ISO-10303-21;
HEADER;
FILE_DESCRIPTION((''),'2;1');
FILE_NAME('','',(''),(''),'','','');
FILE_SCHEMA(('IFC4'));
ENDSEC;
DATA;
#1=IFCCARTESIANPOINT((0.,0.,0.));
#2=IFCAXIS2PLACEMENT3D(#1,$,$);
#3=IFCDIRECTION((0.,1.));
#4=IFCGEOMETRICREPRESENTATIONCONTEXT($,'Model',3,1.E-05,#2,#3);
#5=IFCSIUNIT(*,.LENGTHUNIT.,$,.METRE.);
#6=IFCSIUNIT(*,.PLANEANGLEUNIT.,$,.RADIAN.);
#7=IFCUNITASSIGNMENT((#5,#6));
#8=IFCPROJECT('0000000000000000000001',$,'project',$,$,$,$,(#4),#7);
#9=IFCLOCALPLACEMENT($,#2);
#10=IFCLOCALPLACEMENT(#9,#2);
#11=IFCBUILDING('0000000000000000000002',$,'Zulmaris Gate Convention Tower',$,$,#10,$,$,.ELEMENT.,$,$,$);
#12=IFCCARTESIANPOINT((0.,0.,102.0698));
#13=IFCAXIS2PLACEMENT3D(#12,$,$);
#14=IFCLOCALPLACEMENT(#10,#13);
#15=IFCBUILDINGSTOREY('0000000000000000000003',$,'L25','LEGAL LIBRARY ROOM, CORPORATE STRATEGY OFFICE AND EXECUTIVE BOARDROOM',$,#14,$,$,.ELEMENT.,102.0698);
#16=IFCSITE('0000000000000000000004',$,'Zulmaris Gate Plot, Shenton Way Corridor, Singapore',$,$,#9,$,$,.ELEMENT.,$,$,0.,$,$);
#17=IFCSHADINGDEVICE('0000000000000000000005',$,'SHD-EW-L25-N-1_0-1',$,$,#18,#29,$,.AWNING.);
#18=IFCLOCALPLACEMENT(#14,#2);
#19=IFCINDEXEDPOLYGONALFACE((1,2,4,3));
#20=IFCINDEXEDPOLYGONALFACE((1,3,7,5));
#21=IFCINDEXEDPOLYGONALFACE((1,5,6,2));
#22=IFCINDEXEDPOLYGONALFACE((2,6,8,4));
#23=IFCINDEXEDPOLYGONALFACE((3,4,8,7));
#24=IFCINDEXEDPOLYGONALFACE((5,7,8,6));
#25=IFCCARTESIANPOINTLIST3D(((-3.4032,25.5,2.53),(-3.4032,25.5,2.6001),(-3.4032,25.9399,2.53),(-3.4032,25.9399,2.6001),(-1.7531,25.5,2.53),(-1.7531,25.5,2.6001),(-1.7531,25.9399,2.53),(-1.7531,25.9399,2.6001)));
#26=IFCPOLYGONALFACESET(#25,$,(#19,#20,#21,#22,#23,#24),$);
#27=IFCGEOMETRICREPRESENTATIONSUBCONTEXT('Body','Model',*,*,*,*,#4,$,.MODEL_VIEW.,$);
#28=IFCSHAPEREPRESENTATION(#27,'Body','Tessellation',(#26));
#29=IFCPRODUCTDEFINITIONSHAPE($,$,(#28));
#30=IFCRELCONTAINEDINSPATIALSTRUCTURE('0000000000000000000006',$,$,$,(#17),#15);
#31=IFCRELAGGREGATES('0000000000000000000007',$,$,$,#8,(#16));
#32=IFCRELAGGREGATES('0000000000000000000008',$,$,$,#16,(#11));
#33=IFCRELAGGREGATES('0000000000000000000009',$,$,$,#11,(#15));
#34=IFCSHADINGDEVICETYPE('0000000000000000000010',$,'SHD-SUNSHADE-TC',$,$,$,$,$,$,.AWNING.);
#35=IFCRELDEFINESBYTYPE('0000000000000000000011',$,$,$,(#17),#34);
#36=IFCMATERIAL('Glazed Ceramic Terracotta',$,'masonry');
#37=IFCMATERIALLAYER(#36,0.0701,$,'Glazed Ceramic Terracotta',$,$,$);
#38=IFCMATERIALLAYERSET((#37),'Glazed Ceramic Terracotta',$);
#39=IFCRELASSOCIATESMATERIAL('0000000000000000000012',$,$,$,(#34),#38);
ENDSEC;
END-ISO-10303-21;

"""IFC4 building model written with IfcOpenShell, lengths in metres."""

from ifc_helpers import new_model, si_unit, direction, frame, frame_2d, origin, place, context, subcontext, project, spatial, rectangle, extrude, material, layer, layer_set, type_object, element, save


model = new_model("IFC4")

# Units and contexts
model_context = context("Model", 3, precision=1e-05, world=origin(), true_north=direction((0.0, 1.0)))
body_context = subcontext(model_context, "Body", "Model", "MODEL_VIEW")
ifc_project = project(units=[si_unit("LENGTHUNIT", "METRE"), si_unit("PLANEANGLEUNIT", "RADIAN")], contexts=[model_context])

# Site, building, storey
site_placement = place(None, origin())
site = spatial("IfcSite", under=ifc_project, at=site_placement, Name="Zulmaris Gate Plot, Shenton Way Corridor, Singapore", CompositionType="ELEMENT", RefElevation=0.0)
building_placement = place(site_placement, origin())
building = spatial("IfcBuilding", under=site, at=building_placement, Name="Zulmaris Gate Convention Tower", CompositionType="ELEMENT")
storey_placement = place(building_placement, frame((0.0, 0.0, 102.0698)))
storey = spatial("IfcBuildingStorey", under=building, at=storey_placement, Name="L25", Description="LEGAL LIBRARY ROOM, CORPORATE STRATEGY OFFICE AND EXECUTIVE BOARDROOM", CompositionType="ELEMENT", Elevation=102.0698)

# Shading device
ifc_material_1 = material(Name="Glazed Ceramic Terracotta", Category="masonry")
ifc_layer_1 = layer(ifc_material_1, 0.0701, Name="Glazed Ceramic Terracotta")
ifc_layer_set_1 = layer_set([ifc_layer_1], Name="Glazed Ceramic Terracotta")
shading_device_type = type_object("IfcShadingDeviceType", Name="SHD-SUNSHADE-TC", PredefinedType="AWNING", material=ifc_layer_set_1)
shading_device_placement = place(storey_placement, frame((-1.7529, 25.72, 2.53), z_axis=(0.0, 0.0, 1.0), x_axis=(-1.0, 0.0, 0.0)))
element("IfcShadingDevice", 1, at=shading_device_placement, inside=storey, type_object=shading_device_type, Name="SHD-EW-L25-N-1_0-1", PredefinedType="AWNING", context=body_context, shape_type="SweptSolid", body=[
    extrude(rectangle(XDim=1.6501, YDim=0.4399, at=frame_2d((0.8252, 0.0))), origin(), (0.0, 0.0, 1.0), 0.0701),
])

save(model, "model.ifc")
